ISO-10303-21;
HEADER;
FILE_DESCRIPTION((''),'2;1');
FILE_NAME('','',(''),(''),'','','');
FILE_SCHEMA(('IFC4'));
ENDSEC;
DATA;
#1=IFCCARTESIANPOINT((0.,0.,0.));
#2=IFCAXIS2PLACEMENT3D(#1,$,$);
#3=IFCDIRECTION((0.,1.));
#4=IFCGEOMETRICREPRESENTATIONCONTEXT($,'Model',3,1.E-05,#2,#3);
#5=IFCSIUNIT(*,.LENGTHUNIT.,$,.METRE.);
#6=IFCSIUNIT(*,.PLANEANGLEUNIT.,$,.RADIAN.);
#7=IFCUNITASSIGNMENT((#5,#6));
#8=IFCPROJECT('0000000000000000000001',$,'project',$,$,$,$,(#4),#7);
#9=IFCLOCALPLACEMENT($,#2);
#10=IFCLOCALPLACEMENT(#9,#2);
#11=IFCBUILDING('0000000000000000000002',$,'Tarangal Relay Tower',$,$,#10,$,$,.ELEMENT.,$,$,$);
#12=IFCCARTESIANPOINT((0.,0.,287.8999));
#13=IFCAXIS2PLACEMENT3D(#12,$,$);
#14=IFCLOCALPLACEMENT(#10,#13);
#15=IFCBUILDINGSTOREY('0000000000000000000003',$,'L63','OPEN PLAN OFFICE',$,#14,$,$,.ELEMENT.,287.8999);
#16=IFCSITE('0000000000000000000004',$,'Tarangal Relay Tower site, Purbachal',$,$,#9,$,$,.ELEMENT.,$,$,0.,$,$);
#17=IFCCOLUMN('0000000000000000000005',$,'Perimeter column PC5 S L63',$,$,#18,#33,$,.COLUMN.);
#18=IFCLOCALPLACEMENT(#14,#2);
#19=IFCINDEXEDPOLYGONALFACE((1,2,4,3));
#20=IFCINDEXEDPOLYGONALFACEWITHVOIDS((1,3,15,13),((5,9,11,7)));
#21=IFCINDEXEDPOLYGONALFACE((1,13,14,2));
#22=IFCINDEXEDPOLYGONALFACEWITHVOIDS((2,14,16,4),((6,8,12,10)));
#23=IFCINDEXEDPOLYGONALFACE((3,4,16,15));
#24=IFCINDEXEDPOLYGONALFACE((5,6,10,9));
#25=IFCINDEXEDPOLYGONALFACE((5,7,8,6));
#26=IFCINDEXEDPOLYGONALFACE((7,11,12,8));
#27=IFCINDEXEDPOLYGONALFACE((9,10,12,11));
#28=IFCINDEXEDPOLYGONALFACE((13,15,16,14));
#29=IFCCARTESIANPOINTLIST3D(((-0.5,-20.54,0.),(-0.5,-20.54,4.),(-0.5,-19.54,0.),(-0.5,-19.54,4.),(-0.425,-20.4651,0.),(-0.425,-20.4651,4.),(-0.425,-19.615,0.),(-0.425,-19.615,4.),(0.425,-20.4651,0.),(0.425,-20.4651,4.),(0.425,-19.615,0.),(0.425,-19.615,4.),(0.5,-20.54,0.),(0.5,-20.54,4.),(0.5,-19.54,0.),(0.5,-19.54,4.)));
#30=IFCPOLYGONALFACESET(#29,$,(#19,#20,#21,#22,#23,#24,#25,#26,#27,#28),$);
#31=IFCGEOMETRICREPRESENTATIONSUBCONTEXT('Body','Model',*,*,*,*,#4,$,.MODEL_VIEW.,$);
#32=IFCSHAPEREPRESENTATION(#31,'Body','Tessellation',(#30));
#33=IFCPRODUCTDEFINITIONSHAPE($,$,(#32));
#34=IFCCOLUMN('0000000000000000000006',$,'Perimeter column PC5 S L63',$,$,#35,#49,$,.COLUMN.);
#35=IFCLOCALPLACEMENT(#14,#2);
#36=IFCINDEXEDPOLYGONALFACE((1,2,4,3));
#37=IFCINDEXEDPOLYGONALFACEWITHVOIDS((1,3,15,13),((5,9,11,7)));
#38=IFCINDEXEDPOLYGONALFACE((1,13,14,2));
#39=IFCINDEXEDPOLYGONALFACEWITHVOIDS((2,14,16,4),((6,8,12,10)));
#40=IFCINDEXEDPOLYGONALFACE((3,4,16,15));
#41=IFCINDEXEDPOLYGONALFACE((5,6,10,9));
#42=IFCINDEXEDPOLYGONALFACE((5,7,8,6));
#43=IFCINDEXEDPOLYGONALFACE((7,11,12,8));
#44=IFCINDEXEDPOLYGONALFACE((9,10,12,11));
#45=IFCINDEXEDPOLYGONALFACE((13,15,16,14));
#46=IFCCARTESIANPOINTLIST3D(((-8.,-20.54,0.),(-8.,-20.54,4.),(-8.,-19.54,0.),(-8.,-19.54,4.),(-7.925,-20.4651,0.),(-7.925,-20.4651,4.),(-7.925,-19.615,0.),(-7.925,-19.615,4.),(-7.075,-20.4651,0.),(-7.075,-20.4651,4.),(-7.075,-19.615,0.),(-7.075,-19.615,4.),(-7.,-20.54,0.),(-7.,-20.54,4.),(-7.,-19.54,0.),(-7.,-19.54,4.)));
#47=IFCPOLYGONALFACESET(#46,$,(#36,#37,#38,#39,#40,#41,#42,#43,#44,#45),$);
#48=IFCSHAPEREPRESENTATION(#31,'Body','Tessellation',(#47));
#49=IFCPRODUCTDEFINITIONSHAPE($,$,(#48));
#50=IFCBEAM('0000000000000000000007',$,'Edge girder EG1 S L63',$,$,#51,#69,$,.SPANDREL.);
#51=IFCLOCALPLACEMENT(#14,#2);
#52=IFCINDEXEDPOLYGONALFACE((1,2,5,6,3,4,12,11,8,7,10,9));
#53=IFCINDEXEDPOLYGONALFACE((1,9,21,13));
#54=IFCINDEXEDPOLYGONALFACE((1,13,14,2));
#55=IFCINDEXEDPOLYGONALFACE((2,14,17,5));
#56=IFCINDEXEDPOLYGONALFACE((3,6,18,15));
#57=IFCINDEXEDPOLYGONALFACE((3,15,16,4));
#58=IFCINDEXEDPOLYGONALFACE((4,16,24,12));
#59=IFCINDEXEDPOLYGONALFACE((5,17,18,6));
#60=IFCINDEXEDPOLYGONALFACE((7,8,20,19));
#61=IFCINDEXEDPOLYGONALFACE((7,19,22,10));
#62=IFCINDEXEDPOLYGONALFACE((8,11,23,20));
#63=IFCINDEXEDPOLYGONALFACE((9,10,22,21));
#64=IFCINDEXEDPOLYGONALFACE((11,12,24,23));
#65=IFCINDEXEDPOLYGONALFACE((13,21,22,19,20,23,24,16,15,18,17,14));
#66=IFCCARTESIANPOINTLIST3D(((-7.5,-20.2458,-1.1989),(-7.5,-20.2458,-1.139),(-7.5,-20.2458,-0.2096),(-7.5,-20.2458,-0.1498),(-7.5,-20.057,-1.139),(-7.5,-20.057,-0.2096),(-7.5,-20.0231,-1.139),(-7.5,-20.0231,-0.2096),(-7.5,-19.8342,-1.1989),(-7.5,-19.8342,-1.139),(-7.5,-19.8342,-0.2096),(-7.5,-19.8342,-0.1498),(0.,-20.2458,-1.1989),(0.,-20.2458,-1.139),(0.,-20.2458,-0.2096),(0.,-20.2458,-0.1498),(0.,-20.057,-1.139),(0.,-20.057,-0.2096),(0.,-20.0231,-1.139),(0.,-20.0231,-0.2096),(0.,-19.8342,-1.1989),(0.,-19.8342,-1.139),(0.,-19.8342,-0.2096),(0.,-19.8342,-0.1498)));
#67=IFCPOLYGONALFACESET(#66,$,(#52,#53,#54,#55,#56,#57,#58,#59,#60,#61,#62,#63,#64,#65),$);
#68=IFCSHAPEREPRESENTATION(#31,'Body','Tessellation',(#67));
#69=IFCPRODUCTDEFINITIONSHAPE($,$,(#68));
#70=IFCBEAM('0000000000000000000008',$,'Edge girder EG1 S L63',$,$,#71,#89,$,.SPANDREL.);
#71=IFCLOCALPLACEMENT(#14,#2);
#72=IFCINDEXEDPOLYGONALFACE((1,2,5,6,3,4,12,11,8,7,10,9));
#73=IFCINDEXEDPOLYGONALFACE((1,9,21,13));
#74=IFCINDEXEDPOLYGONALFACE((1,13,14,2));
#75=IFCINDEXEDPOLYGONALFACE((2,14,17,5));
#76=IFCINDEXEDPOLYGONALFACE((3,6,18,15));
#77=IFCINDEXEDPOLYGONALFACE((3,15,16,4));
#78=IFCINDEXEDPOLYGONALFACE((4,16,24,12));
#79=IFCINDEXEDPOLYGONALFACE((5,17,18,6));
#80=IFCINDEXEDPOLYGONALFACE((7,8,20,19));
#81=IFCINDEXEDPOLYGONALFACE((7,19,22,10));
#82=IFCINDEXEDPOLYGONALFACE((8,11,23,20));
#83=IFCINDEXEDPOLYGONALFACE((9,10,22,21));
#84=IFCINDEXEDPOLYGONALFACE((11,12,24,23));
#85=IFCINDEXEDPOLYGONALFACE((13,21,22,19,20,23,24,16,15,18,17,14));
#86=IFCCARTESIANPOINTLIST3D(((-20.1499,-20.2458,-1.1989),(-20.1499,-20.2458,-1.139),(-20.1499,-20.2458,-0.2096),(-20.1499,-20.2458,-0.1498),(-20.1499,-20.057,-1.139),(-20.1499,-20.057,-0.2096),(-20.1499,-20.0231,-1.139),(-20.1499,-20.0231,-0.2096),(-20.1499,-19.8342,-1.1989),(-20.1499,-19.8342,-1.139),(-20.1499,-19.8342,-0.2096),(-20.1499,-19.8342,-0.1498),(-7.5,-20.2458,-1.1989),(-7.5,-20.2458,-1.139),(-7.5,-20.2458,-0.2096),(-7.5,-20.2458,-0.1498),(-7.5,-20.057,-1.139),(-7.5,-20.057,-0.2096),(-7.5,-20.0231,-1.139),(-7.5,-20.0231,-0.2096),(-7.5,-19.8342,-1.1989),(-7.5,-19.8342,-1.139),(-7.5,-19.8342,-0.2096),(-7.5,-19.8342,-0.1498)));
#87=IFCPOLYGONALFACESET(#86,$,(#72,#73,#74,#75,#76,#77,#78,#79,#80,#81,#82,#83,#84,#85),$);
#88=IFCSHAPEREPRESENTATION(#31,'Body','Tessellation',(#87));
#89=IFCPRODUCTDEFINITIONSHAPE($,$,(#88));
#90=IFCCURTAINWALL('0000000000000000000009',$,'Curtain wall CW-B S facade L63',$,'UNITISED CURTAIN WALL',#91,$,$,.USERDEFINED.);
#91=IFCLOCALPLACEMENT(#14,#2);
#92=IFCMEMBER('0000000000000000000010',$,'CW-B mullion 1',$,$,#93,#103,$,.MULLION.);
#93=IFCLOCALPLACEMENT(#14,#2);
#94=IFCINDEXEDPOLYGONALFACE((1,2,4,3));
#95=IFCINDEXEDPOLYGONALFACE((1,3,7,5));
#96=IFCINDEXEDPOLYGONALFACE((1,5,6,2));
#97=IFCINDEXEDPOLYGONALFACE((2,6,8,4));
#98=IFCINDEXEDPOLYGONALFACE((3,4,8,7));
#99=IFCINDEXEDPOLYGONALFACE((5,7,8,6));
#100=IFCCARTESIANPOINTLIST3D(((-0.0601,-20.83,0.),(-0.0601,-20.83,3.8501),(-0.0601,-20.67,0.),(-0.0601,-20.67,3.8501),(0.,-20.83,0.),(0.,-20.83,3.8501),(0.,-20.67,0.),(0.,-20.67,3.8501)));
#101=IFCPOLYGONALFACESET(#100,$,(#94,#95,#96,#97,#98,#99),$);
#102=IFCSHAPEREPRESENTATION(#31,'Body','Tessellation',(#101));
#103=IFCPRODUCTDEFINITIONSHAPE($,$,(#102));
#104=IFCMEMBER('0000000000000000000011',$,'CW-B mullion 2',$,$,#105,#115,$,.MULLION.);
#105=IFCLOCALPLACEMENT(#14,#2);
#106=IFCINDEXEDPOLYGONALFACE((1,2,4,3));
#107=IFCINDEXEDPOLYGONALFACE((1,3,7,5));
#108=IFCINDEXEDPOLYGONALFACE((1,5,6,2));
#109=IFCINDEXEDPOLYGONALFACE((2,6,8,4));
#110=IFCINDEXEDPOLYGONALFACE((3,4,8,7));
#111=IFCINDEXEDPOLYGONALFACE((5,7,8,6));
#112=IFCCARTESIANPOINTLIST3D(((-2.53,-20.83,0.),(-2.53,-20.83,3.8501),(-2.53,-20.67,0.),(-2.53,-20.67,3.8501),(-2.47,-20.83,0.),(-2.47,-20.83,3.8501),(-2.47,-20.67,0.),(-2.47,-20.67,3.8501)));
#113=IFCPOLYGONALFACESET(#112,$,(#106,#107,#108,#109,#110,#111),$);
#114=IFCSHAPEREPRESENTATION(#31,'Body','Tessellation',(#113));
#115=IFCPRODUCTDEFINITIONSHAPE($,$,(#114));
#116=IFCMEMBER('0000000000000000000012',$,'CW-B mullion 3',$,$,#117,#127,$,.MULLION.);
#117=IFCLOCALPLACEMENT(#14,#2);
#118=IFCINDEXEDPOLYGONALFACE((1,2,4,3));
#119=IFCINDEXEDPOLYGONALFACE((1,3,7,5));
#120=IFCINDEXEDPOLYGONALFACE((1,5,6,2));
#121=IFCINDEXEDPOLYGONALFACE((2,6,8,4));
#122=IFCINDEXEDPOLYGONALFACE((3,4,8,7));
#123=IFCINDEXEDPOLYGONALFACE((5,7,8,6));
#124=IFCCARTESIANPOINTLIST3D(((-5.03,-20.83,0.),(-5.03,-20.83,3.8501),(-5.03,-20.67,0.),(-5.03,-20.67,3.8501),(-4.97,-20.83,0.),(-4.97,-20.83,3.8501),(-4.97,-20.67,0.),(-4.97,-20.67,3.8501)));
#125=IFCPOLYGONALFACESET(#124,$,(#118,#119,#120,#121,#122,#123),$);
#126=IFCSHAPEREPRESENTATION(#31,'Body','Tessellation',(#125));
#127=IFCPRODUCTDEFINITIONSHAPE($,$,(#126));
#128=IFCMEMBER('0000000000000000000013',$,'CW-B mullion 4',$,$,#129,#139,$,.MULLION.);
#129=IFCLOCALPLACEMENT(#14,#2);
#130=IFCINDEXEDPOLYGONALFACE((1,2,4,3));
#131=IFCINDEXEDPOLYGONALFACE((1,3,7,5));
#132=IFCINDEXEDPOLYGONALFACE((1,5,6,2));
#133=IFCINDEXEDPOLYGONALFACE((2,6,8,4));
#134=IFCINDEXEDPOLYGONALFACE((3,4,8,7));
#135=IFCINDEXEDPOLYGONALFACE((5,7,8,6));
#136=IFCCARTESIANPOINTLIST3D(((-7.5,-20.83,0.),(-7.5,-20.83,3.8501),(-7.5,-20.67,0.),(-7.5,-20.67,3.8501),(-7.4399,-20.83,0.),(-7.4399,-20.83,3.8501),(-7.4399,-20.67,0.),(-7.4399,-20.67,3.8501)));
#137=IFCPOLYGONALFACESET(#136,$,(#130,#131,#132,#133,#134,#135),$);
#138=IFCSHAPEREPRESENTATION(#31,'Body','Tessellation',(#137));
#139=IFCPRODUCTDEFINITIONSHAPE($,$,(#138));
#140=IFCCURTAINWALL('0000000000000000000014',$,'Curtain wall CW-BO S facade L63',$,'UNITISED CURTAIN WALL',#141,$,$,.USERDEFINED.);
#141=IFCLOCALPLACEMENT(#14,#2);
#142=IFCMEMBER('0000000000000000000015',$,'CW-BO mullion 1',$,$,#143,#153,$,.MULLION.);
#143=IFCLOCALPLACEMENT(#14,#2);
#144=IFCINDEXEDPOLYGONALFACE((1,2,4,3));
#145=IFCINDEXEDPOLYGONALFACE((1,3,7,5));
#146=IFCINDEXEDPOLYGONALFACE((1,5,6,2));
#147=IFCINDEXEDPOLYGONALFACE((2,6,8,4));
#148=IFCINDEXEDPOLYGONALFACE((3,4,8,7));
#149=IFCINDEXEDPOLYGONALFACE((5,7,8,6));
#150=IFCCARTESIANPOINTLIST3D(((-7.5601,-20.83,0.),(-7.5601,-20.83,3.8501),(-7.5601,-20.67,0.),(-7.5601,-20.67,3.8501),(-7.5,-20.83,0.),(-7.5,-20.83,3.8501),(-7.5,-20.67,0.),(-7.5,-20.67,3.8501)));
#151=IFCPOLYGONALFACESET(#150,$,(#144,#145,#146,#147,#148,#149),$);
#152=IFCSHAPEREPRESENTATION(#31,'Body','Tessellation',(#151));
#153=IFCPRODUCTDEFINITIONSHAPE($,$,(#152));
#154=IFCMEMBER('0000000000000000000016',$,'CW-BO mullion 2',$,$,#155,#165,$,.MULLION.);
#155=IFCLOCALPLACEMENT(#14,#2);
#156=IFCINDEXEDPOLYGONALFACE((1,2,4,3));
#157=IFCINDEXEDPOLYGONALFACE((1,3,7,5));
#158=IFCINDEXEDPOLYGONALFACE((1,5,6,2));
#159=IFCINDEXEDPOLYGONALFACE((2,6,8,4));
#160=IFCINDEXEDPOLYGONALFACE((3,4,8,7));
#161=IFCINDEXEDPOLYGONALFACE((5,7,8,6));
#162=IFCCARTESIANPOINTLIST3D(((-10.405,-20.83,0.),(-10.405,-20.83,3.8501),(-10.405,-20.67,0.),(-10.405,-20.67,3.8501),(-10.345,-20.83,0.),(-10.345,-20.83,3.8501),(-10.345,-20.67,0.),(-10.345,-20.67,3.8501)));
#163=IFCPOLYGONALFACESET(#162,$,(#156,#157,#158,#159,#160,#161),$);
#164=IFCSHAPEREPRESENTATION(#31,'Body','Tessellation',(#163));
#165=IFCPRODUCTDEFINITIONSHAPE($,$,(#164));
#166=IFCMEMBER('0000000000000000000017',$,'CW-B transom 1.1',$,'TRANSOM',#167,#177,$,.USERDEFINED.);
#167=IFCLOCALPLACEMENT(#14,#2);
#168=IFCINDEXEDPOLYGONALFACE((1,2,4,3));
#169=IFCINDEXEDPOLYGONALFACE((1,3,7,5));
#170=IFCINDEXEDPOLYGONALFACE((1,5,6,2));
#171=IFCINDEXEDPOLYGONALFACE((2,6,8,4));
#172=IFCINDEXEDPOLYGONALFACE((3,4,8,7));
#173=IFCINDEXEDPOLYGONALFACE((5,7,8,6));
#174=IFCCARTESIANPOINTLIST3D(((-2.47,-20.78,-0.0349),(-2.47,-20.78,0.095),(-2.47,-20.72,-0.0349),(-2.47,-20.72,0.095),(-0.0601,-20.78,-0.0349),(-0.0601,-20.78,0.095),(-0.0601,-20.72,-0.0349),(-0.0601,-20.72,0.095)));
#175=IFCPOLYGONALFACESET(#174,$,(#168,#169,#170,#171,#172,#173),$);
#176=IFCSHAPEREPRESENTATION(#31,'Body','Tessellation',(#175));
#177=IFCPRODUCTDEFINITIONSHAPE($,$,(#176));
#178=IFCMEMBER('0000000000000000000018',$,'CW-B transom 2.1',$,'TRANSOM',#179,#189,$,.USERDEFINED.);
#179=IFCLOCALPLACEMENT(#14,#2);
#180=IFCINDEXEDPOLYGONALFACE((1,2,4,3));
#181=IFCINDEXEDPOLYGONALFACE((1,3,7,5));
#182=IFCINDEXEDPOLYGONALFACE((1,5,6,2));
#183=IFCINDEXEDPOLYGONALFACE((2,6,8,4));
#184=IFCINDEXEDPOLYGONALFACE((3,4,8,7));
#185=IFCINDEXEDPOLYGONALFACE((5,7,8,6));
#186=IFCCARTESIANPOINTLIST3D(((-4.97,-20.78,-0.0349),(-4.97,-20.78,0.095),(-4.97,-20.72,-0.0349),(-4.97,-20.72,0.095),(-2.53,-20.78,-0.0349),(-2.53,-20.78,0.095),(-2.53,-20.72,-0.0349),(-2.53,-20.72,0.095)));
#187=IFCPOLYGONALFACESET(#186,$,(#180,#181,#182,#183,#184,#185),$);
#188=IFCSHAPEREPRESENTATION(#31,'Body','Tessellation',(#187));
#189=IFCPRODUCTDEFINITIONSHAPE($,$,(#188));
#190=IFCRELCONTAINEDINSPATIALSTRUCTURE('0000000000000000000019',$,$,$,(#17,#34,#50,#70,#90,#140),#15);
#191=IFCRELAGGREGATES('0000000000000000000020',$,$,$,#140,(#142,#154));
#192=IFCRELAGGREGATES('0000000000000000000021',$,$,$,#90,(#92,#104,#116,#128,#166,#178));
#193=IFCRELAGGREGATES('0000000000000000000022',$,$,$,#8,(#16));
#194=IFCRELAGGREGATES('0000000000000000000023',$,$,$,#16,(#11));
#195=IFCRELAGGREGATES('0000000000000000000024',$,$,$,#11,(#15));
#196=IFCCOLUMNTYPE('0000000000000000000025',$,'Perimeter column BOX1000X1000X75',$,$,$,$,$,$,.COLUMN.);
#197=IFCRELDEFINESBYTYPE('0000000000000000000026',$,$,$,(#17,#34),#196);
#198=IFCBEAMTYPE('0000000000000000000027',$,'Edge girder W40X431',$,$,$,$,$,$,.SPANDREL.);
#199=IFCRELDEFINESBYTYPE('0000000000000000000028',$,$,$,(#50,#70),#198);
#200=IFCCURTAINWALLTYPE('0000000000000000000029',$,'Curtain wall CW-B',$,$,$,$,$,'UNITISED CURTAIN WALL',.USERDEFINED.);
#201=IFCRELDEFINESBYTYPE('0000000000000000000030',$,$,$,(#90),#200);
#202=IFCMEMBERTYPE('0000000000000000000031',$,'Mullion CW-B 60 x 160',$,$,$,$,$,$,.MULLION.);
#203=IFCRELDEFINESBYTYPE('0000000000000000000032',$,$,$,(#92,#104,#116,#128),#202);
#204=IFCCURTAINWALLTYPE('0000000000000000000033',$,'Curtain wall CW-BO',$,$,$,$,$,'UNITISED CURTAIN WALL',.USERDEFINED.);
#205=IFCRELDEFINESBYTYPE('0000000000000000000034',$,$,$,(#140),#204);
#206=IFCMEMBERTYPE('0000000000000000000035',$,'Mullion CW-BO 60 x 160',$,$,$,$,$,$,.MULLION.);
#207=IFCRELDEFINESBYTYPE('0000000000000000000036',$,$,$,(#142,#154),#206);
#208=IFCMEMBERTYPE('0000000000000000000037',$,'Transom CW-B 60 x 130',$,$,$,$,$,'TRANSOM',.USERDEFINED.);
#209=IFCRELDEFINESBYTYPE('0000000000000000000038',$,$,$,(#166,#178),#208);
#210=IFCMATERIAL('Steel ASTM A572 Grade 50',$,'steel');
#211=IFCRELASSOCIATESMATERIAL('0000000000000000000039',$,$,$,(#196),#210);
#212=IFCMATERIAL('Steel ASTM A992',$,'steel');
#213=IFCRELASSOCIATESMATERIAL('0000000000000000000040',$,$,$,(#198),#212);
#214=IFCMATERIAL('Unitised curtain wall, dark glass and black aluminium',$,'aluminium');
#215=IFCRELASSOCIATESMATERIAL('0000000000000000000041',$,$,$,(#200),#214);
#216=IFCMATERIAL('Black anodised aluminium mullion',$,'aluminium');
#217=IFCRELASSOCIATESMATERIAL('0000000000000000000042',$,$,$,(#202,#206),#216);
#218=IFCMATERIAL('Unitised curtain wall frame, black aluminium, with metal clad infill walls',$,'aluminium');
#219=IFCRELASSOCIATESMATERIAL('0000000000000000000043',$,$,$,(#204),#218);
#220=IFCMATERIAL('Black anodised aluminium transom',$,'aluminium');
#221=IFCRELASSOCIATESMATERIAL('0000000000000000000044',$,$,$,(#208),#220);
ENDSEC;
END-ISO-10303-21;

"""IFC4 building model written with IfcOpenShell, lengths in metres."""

from ifc_helpers import new_model, si_unit, direction, frame, origin, origin_2d, place, context, subcontext, project, spatial, rectangle, hollow_rectangle, i_section, extrude, material, material_profile, profile_set, type_object, element, aggregate, save


model = new_model("IFC4")

# Units and contexts
model_context = context("Model", 3, precision=1e-05, world=origin(), true_north=direction((0.0, 1.0)))
body_context = subcontext(model_context, "Body", "Model", "MODEL_VIEW")
ifc_project = project(units=[si_unit("LENGTHUNIT", "METRE"), si_unit("PLANEANGLEUNIT", "RADIAN")], contexts=[model_context])

# Site, building, storey
site_placement = place(None, origin())
site = spatial("IfcSite", under=ifc_project, at=site_placement, Name="Tarangal Relay Tower site, Purbachal", CompositionType="ELEMENT", RefElevation=0.0)
building_placement = place(site_placement, origin())
building = spatial("IfcBuilding", under=site, at=building_placement, Name="Tarangal Relay Tower", CompositionType="ELEMENT")
storey_placement = place(building_placement, frame((0.0, 0.0, 287.8999)))
storey = spatial("IfcBuildingStorey", under=building, at=storey_placement, Name="L63", Description="OPEN PLAN OFFICE", CompositionType="ELEMENT", Elevation=287.8999)

# Columns
ifc_material_1 = material(Name="Steel ASTM A572 Grade 50", Category="steel")
ifc_material_profile_1 = material_profile(ifc_material_1, hollow_rectangle(XDim=1.0, YDim=1.0, WallThickness=0.075, at=origin_2d()), Name="BOX1000X1000X75")
ifc_profile_set_1 = profile_set([ifc_material_profile_1], Name="Steel ASTM A572 Grade 50")
column_type = type_object("IfcColumnType", Name="Perimeter column BOX1000X1000X75", PredefinedType="COLUMN", material=ifc_profile_set_1)
for number, where, z_axis, x_axis, name in (
    (1, (0.0, -20.04, 0.0), (0.0, 0.0, 1.0), (1.0, 0.0, 0.0), "Perimeter column PC5 S L63"),
    (2, (-7.5, -20.04, 0.0), (0.0, 0.0, 1.0), (1.0, 0.0, 0.0), "Perimeter column PC5 S L63"),
):
    element("IfcColumn", number, at=place(storey_placement, frame(where, z_axis=z_axis, x_axis=x_axis)), inside=storey, type_object=column_type, Name=name, PredefinedType="COLUMN", context=body_context, shape_type="SweptSolid", body=[
        extrude(hollow_rectangle(XDim=1.0, YDim=1.0, WallThickness=0.075, at=origin_2d()), origin(), (0.0, 0.0, 1.0), 4.0),
    ])

# Beams
ifc_material_2 = material(Name="Steel ASTM A992", Category="steel")
ifc_material_profile_2 = material_profile(ifc_material_2, i_section(OverallWidth=0.4116, OverallDepth=1.0491, WebThickness=0.0339, FlangeThickness=0.0598, at=origin_2d()), Name="W40X431")
ifc_profile_set_2 = profile_set([ifc_material_profile_2], Name="Steel ASTM A992")
beam_type = type_object("IfcBeamType", Name="Edge girder W40X431", PredefinedType="SPANDREL", material=ifc_profile_set_2)
beam_1_placement = place(storey_placement, frame((0.0, -20.04, -0.6743), z_axis=(-1.0, 0.0, 0.0), x_axis=(0.0, -1.0, 0.0)))
element("IfcBeam", 3, at=beam_1_placement, inside=storey, type_object=beam_type, Name="Edge girder EG1 S L63", PredefinedType="SPANDREL", context=body_context, shape_type="SweptSolid", body=[
    extrude(i_section(OverallWidth=0.4116, OverallDepth=1.0491, WebThickness=0.0339, FlangeThickness=0.0598, at=origin_2d()), origin(), (0.0, 0.0, 1.0), 7.5),
])
beam_2_placement = place(storey_placement, frame((-7.5, -20.04, -0.6743), z_axis=(-1.0, 0.0, 0.0), x_axis=(0.0, -1.0, 0.0)))
element("IfcBeam", 4, at=beam_2_placement, inside=storey, type_object=beam_type, Name="Edge girder EG1 S L63", PredefinedType="SPANDREL", context=body_context, shape_type="SweptSolid", body=[
    extrude(i_section(OverallWidth=0.4116, OverallDepth=1.0491, WebThickness=0.0339, FlangeThickness=0.0598, at=origin_2d()), origin(), (0.0, 0.0, 1.0), 12.6499),
])

# Curtain walls, members
ifc_material_3 = material(Name="Unitised curtain wall, dark glass and black aluminium", Category="aluminium")
curtain_wall_type_1 = type_object("IfcCurtainWallType", Name="Curtain wall CW-B", ElementType="UNITISED CURTAIN WALL", PredefinedType="USERDEFINED", material=ifc_material_3)
curtain_wall_1_placement = place(storey_placement, origin())
curtain_wall_1 = element("IfcCurtainWall", 5, at=curtain_wall_1_placement, inside=storey, type_object=curtain_wall_type_1, Name="Curtain wall CW-B S facade L63", ObjectType="UNITISED CURTAIN WALL", PredefinedType="USERDEFINED")
ifc_material_4 = material(Name="Black anodised aluminium mullion", Category="aluminium")
ifc_material_profile_3 = material_profile(ifc_material_4, rectangle(XDim=0.1599, YDim=0.0601, at=origin_2d()), Name="CW-BM 60X160")
ifc_profile_set_3 = profile_set([ifc_material_profile_3], Name="Black anodised aluminium mullion")
member_type_1 = type_object("IfcMemberType", Name="Mullion CW-B 60 x 160", PredefinedType="MULLION", material=ifc_profile_set_3)
member_1_placement = place(storey_placement, frame((-0.03, -20.75, 0.0), z_axis=(0.0, 0.0, 1.0), x_axis=(0.0, -1.0, 0.0)))
member_1 = element("IfcMember", 6, at=member_1_placement, type_object=member_type_1, Name="CW-B mullion 1", PredefinedType="MULLION", context=body_context, shape_type="SweptSolid", body=[
    extrude(rectangle(XDim=0.1599, YDim=0.0601, at=origin_2d()), origin(), (0.0, 0.0, 1.0), 3.8501),
])
member_2_placement = place(storey_placement, frame((-2.5, -20.75, 0.0), z_axis=(0.0, 0.0, 1.0), x_axis=(0.0, -1.0, 0.0)))
member_2 = element("IfcMember", 7, at=member_2_placement, type_object=member_type_1, Name="CW-B mullion 2", PredefinedType="MULLION", context=body_context, shape_type="SweptSolid", body=[
    extrude(rectangle(XDim=0.1599, YDim=0.0601, at=origin_2d()), origin(), (0.0, 0.0, 1.0), 3.8501),
])
member_3_placement = place(storey_placement, frame((-5.0, -20.75, 0.0), z_axis=(0.0, 0.0, 1.0), x_axis=(0.0, -1.0, 0.0)))
member_3 = element("IfcMember", 8, at=member_3_placement, type_object=member_type_1, Name="CW-B mullion 3", PredefinedType="MULLION", context=body_context, shape_type="SweptSolid", body=[
    extrude(rectangle(XDim=0.1599, YDim=0.0601, at=origin_2d()), origin(), (0.0, 0.0, 1.0), 3.8501),
])
member_4_placement = place(storey_placement, frame((-7.47, -20.75, 0.0), z_axis=(0.0, 0.0, 1.0), x_axis=(0.0, -1.0, 0.0)))
member_4 = element("IfcMember", 9, at=member_4_placement, type_object=member_type_1, Name="CW-B mullion 4", PredefinedType="MULLION", context=body_context, shape_type="SweptSolid", body=[
    extrude(rectangle(XDim=0.1599, YDim=0.0601, at=origin_2d()), origin(), (0.0, 0.0, 1.0), 3.8501),
])
ifc_material_5 = material(Name="Unitised curtain wall frame, black aluminium, with metal clad infill walls", Category="aluminium")
curtain_wall_type_2 = type_object("IfcCurtainWallType", Name="Curtain wall CW-BO", ElementType="UNITISED CURTAIN WALL", PredefinedType="USERDEFINED", material=ifc_material_5)
curtain_wall_2_placement = place(storey_placement, origin())
curtain_wall_2 = element("IfcCurtainWall", 10, at=curtain_wall_2_placement, inside=storey, type_object=curtain_wall_type_2, Name="Curtain wall CW-BO S facade L63", ObjectType="UNITISED CURTAIN WALL", PredefinedType="USERDEFINED")
ifc_material_profile_4 = material_profile(ifc_material_4, rectangle(XDim=0.1599, YDim=0.0601, at=origin_2d()), Name="CW-BOM 60X160")
ifc_profile_set_4 = profile_set([ifc_material_profile_4], Name="Black anodised aluminium mullion")
member_type_2 = type_object("IfcMemberType", Name="Mullion CW-BO 60 x 160", PredefinedType="MULLION", material=ifc_profile_set_4)
member_5_placement = place(storey_placement, frame((-7.53, -20.75, 0.0), z_axis=(0.0, 0.0, 1.0), x_axis=(0.0, -1.0, 0.0)))
member_5 = element("IfcMember", 11, at=member_5_placement, type_object=member_type_2, Name="CW-BO mullion 1", PredefinedType="MULLION", context=body_context, shape_type="SweptSolid", body=[
    extrude(rectangle(XDim=0.1599, YDim=0.0601, at=origin_2d()), origin(), (0.0, 0.0, 1.0), 3.8501),
])
member_6_placement = place(storey_placement, frame((-10.375, -20.75, 0.0), z_axis=(0.0, 0.0, 1.0), x_axis=(0.0, -1.0, 0.0)))
member_6 = element("IfcMember", 12, at=member_6_placement, type_object=member_type_2, Name="CW-BO mullion 2", PredefinedType="MULLION", context=body_context, shape_type="SweptSolid", body=[
    extrude(rectangle(XDim=0.1599, YDim=0.0601, at=origin_2d()), origin(), (0.0, 0.0, 1.0), 3.8501),
])

# Members
ifc_material_6 = material(Name="Black anodised aluminium transom", Category="aluminium")
ifc_material_profile_5 = material_profile(ifc_material_6, rectangle(XDim=0.0601, YDim=0.1299, at=origin_2d()), Name="CW-BT 60X130")
ifc_profile_set_5 = profile_set([ifc_material_profile_5], Name="Black anodised aluminium transom")
member_type_3 = type_object("IfcMemberType", Name="Transom CW-B 60 x 130", ElementType="TRANSOM", PredefinedType="USERDEFINED", material=ifc_profile_set_5)
member_7_placement = place(storey_placement, frame((-0.0601, -20.75, 0.03), z_axis=(-1.0, 0.0, 0.0), x_axis=(0.0, -1.0, 0.0)))
member_7 = element("IfcMember", 13, at=member_7_placement, type_object=member_type_3, Name="CW-B transom 1.1", ObjectType="TRANSOM", PredefinedType="USERDEFINED", context=body_context, shape_type="SweptSolid", body=[
    extrude(rectangle(XDim=0.0601, YDim=0.1299, at=origin_2d()), origin(), (0.0, 0.0, 1.0), 2.4099),
])
member_8_placement = place(storey_placement, frame((-2.53, -20.75, 0.03), z_axis=(-1.0, 0.0, 0.0), x_axis=(0.0, -1.0, 0.0)))
member_8 = element("IfcMember", 14, at=member_8_placement, type_object=member_type_3, Name="CW-B transom 2.1", ObjectType="TRANSOM", PredefinedType="USERDEFINED", context=body_context, shape_type="SweptSolid", body=[
    extrude(rectangle(XDim=0.0601, YDim=0.1299, at=origin_2d()), origin(), (0.0, 0.0, 1.0), 2.4399),
])
aggregate(curtain_wall_2, [member_5, member_6])

aggregate(curtain_wall_1, [member_1, member_2, member_3, member_4, member_7, member_8])

save(model, "model.ifc")
